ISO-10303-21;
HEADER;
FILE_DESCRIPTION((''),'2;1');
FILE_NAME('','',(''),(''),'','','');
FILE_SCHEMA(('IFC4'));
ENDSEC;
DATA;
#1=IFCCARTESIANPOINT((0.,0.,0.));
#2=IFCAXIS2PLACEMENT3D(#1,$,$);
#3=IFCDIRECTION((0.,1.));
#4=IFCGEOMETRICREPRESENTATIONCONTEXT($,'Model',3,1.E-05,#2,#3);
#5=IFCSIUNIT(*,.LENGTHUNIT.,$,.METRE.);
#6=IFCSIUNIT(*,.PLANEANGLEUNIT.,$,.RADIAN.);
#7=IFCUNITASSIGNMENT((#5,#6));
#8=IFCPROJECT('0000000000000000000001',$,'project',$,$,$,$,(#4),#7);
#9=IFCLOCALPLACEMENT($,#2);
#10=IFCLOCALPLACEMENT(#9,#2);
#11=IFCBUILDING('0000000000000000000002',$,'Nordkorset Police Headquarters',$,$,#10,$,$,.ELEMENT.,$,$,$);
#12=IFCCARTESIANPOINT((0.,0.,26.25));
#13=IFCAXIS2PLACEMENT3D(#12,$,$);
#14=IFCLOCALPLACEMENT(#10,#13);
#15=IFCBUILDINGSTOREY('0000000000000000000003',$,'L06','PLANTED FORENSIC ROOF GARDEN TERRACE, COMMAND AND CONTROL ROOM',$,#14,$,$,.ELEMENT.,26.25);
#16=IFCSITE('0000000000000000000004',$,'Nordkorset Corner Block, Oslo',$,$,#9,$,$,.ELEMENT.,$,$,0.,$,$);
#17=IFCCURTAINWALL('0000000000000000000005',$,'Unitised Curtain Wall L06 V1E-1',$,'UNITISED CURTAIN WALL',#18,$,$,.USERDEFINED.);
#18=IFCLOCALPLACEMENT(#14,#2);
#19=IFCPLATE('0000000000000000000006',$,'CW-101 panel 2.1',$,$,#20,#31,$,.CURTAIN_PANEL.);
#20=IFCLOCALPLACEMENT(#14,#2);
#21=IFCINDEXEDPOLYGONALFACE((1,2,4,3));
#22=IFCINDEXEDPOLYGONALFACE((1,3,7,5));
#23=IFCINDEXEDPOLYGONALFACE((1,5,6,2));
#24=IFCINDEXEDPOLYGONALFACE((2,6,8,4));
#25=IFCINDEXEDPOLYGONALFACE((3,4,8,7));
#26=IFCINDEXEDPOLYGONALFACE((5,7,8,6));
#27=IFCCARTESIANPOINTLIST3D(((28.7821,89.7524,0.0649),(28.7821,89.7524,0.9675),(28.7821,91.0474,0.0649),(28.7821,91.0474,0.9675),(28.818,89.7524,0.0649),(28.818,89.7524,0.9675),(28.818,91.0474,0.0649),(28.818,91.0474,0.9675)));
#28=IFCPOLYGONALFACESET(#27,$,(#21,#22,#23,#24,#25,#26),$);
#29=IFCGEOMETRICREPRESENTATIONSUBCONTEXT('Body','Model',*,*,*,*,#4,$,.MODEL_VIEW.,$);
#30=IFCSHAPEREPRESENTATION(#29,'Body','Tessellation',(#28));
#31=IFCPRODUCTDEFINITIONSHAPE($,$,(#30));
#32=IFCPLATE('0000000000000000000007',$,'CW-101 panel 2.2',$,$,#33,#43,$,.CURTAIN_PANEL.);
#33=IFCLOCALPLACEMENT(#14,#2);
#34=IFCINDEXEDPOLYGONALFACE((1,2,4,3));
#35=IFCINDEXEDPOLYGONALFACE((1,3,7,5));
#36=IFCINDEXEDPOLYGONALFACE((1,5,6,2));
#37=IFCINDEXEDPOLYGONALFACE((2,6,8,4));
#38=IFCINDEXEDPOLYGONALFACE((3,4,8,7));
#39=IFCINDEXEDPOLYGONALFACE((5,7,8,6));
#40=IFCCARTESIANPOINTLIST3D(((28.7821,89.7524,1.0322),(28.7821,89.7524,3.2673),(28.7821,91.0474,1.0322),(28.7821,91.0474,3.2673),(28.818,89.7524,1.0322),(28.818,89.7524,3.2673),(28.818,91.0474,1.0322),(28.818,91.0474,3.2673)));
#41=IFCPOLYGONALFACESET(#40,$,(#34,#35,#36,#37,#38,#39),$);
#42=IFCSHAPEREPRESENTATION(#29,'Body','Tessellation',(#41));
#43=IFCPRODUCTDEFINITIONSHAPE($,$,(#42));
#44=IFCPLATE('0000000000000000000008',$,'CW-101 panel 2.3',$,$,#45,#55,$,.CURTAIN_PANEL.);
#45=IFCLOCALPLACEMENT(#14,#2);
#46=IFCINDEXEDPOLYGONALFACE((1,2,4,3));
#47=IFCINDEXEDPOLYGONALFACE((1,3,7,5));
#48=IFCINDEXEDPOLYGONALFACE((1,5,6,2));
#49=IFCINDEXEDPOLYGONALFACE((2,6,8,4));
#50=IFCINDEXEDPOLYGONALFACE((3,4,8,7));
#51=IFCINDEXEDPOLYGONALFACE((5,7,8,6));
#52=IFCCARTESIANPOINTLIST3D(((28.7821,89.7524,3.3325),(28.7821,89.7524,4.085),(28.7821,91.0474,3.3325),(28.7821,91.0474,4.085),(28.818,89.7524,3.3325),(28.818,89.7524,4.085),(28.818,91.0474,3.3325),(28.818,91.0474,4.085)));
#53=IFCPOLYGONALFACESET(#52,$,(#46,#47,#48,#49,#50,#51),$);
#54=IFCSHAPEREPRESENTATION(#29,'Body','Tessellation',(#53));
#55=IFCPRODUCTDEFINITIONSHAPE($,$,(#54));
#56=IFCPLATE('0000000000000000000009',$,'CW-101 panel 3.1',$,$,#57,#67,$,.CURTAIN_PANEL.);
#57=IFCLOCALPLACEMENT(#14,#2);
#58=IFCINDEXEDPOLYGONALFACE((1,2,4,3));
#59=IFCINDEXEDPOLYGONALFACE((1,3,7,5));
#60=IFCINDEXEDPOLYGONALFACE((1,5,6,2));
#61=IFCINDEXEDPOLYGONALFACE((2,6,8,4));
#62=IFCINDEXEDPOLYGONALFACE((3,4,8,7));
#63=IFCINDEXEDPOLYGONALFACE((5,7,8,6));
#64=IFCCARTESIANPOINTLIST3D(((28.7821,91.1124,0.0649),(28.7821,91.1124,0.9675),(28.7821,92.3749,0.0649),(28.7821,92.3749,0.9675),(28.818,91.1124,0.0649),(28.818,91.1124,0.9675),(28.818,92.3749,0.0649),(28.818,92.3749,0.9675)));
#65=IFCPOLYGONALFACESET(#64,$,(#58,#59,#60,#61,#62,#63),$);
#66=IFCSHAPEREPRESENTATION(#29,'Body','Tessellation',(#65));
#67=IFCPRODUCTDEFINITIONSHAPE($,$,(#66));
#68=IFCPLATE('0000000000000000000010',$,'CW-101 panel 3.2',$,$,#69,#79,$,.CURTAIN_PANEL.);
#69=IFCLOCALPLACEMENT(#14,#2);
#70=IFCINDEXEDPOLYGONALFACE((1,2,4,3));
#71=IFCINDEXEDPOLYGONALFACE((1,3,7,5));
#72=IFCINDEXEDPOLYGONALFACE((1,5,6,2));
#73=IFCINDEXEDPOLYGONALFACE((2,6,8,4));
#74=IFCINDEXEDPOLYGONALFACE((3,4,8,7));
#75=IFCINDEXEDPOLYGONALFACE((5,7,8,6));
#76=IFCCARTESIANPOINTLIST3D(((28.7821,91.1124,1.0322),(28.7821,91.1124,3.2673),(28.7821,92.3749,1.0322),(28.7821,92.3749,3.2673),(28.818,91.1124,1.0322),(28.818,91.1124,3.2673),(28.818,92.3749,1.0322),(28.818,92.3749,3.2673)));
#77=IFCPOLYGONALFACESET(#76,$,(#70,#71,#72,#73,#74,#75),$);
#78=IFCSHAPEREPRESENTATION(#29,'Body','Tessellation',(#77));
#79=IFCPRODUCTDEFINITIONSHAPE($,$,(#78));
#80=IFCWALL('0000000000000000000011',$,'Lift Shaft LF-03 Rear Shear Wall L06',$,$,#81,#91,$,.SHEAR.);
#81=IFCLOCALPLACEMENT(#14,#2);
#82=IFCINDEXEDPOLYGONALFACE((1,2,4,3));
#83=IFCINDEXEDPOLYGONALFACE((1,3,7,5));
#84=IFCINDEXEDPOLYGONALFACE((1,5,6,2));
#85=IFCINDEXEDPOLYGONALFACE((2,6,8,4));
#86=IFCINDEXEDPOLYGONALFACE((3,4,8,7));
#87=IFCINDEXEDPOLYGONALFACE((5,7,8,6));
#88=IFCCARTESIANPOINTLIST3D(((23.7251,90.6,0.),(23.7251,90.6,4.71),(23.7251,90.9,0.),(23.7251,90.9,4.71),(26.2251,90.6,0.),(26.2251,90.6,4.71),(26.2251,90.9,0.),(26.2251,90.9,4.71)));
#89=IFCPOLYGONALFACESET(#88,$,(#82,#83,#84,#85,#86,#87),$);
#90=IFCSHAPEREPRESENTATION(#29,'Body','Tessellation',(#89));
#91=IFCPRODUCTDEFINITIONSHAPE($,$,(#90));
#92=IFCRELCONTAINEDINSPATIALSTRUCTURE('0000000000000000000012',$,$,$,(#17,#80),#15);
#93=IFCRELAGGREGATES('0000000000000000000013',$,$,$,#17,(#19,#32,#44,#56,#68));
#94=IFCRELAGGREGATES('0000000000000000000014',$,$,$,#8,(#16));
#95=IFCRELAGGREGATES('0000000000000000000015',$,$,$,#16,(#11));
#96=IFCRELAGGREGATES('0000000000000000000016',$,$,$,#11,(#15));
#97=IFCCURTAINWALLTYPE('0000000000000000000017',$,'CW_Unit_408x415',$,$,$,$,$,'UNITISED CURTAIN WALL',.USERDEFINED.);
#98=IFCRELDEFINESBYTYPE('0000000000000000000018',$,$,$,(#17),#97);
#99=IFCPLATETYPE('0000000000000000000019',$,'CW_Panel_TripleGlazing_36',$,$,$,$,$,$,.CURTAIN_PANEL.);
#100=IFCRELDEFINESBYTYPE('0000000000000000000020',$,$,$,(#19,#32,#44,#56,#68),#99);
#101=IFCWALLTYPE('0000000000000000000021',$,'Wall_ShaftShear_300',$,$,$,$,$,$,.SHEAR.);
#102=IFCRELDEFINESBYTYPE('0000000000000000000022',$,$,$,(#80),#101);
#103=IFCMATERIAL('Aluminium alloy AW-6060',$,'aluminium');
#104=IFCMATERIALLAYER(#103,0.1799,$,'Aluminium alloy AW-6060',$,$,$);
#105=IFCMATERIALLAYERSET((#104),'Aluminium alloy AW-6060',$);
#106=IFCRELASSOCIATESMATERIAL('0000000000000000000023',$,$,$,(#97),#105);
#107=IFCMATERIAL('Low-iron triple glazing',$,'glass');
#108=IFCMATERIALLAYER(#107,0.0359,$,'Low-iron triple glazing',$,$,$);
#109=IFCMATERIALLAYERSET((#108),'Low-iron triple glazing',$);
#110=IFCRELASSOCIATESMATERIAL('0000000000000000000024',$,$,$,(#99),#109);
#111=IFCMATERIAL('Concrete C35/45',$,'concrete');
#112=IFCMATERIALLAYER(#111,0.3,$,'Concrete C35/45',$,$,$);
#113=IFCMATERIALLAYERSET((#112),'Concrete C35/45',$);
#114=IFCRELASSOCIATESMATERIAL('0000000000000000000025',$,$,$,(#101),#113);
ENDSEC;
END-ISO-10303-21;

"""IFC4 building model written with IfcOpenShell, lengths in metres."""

from ifc_helpers import new_model, si_unit, direction, frame, frame_2d, origin, origin_2d, place, context, subcontext, project, spatial, rectangle, extrude, material, layer, layer_set, type_object, element, aggregate, save


model = new_model("IFC4")

# Units and contexts
model_context = context("Model", 3, precision=1e-05, world=origin(), true_north=direction((0.0, 1.0)))
body_context = subcontext(model_context, "Body", "Model", "MODEL_VIEW")
ifc_project = project(units=[si_unit("LENGTHUNIT", "METRE"), si_unit("PLANEANGLEUNIT", "RADIAN")], contexts=[model_context])

# Site, building, storey
site_placement = place(None, origin())
site = spatial("IfcSite", under=ifc_project, at=site_placement, Name="Nordkorset Corner Block, Oslo", CompositionType="ELEMENT", RefElevation=0.0)
building_placement = place(site_placement, origin())
building = spatial("IfcBuilding", under=site, at=building_placement, Name="Nordkorset Police Headquarters", CompositionType="ELEMENT")
storey_placement = place(building_placement, frame((0.0, 0.0, 26.25)))
storey = spatial("IfcBuildingStorey", under=building, at=storey_placement, Name="L06", Description="PLANTED FORENSIC ROOF GARDEN TERRACE, COMMAND AND CONTROL ROOM", CompositionType="ELEMENT", Elevation=26.25)

# Curtain wall, plates
ifc_material_1 = material(Name="Aluminium alloy AW-6060", Category="aluminium")
ifc_layer_1 = layer(ifc_material_1, 0.1799, Name="Aluminium alloy AW-6060")
ifc_layer_set_1 = layer_set([ifc_layer_1], Name="Aluminium alloy AW-6060")
curtain_wall_type = type_object("IfcCurtainWallType", Name="CW_Unit_408x415", ElementType="UNITISED CURTAIN WALL", PredefinedType="USERDEFINED", material=ifc_layer_set_1)
curtain_wall_placement = place(storey_placement, origin())
curtain_wall = element("IfcCurtainWall", 1, at=curtain_wall_placement, inside=storey, type_object=curtain_wall_type, Name="Unitised Curtain Wall L06 V1E-1", ObjectType="UNITISED CURTAIN WALL", PredefinedType="USERDEFINED")
ifc_material_2 = material(Name="Low-iron triple glazing", Category="glass")
ifc_layer_2 = layer(ifc_material_2, 0.0359, Name="Low-iron triple glazing")
ifc_layer_set_2 = layer_set([ifc_layer_2], Name="Low-iron triple glazing")
plate_type = type_object("IfcPlateType", Name="CW_Panel_TripleGlazing_36", PredefinedType="CURTAIN_PANEL", material=ifc_layer_set_2)
plate_1_placement = place(storey_placement, frame((28.8, 90.3999, 0.0649), z_axis=(0.0, 0.0, 1.0), x_axis=(0.0, 1.0, 0.0)))
plate_1 = element("IfcPlate", 2, at=plate_1_placement, type_object=plate_type, Name="CW-101 panel 2.1", PredefinedType="CURTAIN_PANEL", context=body_context, shape_type="SweptSolid", body=[
    extrude(rectangle(XDim=1.2949, YDim=0.0359, at=origin_2d()), origin(), (0.0, 0.0, 1.0), 0.9026),
])
plate_2_placement = place(storey_placement, frame((28.8, 90.3999, 1.0322), z_axis=(0.0, 0.0, 1.0), x_axis=(0.0, 1.0, 0.0)))
plate_2 = element("IfcPlate", 3, at=plate_2_placement, type_object=plate_type, Name="CW-101 panel 2.2", PredefinedType="CURTAIN_PANEL", context=body_context, shape_type="SweptSolid", body=[
    extrude(rectangle(XDim=1.2949, YDim=0.0359, at=origin_2d()), origin(), (0.0, 0.0, 1.0), 2.2351),
])
plate_3_placement = place(storey_placement, frame((28.8, 90.3999, 3.3325), z_axis=(0.0, 0.0, 1.0), x_axis=(0.0, 1.0, 0.0)))
plate_3 = element("IfcPlate", 4, at=plate_3_placement, type_object=plate_type, Name="CW-101 panel 2.3", PredefinedType="CURTAIN_PANEL", context=body_context, shape_type="SweptSolid", body=[
    extrude(rectangle(XDim=1.2949, YDim=0.0359, at=origin_2d()), origin(), (0.0, 0.0, 1.0), 0.7524),
])
plate_4_placement = place(storey_placement, frame((28.8, 91.7437, 0.0649), z_axis=(0.0, 0.0, 1.0), x_axis=(0.0, 1.0, 0.0)))
plate_4 = element("IfcPlate", 5, at=plate_4_placement, type_object=plate_type, Name="CW-101 panel 3.1", PredefinedType="CURTAIN_PANEL", context=body_context, shape_type="SweptSolid", body=[
    extrude(rectangle(XDim=1.2625, YDim=0.0359, at=origin_2d()), origin(), (0.0, 0.0, 1.0), 0.9026),
])
plate_5_placement = place(storey_placement, frame((28.8, 91.7437, 1.0322), z_axis=(0.0, 0.0, 1.0), x_axis=(0.0, 1.0, 0.0)))
plate_5 = element("IfcPlate", 6, at=plate_5_placement, type_object=plate_type, Name="CW-101 panel 3.2", PredefinedType="CURTAIN_PANEL", context=body_context, shape_type="SweptSolid", body=[
    extrude(rectangle(XDim=1.2625, YDim=0.0359, at=origin_2d()), origin(), (0.0, 0.0, 1.0), 2.2351),
])
aggregate(curtain_wall, [plate_1, plate_2, plate_3, plate_4, plate_5])

# Wall
ifc_material_3 = material(Name="Concrete C35/45", Category="concrete")
ifc_layer_3 = layer(ifc_material_3, 0.3, Name="Concrete C35/45")
ifc_layer_set_3 = layer_set([ifc_layer_3], Name="Concrete C35/45")
wall_type = type_object("IfcWallType", Name="Wall_ShaftShear_300", PredefinedType="SHEAR", material=ifc_layer_set_3)
wall_placement = place(storey_placement, frame((23.7251, 90.75, 0.0), z_axis=(0.0, 0.0, 1.0), x_axis=(1.0, 0.0, 0.0)))
element("IfcWall", 7, at=wall_placement, inside=storey, type_object=wall_type, Name="Lift Shaft LF-03 Rear Shear Wall L06", PredefinedType="SHEAR", context=body_context, shape_type="SweptSolid", body=[
    extrude(rectangle(XDim=2.5, YDim=0.3, at=frame_2d((1.25, 0.0))), origin(), (0.0, 0.0, 1.0), 4.71),
])

save(model, "model.ifc")
